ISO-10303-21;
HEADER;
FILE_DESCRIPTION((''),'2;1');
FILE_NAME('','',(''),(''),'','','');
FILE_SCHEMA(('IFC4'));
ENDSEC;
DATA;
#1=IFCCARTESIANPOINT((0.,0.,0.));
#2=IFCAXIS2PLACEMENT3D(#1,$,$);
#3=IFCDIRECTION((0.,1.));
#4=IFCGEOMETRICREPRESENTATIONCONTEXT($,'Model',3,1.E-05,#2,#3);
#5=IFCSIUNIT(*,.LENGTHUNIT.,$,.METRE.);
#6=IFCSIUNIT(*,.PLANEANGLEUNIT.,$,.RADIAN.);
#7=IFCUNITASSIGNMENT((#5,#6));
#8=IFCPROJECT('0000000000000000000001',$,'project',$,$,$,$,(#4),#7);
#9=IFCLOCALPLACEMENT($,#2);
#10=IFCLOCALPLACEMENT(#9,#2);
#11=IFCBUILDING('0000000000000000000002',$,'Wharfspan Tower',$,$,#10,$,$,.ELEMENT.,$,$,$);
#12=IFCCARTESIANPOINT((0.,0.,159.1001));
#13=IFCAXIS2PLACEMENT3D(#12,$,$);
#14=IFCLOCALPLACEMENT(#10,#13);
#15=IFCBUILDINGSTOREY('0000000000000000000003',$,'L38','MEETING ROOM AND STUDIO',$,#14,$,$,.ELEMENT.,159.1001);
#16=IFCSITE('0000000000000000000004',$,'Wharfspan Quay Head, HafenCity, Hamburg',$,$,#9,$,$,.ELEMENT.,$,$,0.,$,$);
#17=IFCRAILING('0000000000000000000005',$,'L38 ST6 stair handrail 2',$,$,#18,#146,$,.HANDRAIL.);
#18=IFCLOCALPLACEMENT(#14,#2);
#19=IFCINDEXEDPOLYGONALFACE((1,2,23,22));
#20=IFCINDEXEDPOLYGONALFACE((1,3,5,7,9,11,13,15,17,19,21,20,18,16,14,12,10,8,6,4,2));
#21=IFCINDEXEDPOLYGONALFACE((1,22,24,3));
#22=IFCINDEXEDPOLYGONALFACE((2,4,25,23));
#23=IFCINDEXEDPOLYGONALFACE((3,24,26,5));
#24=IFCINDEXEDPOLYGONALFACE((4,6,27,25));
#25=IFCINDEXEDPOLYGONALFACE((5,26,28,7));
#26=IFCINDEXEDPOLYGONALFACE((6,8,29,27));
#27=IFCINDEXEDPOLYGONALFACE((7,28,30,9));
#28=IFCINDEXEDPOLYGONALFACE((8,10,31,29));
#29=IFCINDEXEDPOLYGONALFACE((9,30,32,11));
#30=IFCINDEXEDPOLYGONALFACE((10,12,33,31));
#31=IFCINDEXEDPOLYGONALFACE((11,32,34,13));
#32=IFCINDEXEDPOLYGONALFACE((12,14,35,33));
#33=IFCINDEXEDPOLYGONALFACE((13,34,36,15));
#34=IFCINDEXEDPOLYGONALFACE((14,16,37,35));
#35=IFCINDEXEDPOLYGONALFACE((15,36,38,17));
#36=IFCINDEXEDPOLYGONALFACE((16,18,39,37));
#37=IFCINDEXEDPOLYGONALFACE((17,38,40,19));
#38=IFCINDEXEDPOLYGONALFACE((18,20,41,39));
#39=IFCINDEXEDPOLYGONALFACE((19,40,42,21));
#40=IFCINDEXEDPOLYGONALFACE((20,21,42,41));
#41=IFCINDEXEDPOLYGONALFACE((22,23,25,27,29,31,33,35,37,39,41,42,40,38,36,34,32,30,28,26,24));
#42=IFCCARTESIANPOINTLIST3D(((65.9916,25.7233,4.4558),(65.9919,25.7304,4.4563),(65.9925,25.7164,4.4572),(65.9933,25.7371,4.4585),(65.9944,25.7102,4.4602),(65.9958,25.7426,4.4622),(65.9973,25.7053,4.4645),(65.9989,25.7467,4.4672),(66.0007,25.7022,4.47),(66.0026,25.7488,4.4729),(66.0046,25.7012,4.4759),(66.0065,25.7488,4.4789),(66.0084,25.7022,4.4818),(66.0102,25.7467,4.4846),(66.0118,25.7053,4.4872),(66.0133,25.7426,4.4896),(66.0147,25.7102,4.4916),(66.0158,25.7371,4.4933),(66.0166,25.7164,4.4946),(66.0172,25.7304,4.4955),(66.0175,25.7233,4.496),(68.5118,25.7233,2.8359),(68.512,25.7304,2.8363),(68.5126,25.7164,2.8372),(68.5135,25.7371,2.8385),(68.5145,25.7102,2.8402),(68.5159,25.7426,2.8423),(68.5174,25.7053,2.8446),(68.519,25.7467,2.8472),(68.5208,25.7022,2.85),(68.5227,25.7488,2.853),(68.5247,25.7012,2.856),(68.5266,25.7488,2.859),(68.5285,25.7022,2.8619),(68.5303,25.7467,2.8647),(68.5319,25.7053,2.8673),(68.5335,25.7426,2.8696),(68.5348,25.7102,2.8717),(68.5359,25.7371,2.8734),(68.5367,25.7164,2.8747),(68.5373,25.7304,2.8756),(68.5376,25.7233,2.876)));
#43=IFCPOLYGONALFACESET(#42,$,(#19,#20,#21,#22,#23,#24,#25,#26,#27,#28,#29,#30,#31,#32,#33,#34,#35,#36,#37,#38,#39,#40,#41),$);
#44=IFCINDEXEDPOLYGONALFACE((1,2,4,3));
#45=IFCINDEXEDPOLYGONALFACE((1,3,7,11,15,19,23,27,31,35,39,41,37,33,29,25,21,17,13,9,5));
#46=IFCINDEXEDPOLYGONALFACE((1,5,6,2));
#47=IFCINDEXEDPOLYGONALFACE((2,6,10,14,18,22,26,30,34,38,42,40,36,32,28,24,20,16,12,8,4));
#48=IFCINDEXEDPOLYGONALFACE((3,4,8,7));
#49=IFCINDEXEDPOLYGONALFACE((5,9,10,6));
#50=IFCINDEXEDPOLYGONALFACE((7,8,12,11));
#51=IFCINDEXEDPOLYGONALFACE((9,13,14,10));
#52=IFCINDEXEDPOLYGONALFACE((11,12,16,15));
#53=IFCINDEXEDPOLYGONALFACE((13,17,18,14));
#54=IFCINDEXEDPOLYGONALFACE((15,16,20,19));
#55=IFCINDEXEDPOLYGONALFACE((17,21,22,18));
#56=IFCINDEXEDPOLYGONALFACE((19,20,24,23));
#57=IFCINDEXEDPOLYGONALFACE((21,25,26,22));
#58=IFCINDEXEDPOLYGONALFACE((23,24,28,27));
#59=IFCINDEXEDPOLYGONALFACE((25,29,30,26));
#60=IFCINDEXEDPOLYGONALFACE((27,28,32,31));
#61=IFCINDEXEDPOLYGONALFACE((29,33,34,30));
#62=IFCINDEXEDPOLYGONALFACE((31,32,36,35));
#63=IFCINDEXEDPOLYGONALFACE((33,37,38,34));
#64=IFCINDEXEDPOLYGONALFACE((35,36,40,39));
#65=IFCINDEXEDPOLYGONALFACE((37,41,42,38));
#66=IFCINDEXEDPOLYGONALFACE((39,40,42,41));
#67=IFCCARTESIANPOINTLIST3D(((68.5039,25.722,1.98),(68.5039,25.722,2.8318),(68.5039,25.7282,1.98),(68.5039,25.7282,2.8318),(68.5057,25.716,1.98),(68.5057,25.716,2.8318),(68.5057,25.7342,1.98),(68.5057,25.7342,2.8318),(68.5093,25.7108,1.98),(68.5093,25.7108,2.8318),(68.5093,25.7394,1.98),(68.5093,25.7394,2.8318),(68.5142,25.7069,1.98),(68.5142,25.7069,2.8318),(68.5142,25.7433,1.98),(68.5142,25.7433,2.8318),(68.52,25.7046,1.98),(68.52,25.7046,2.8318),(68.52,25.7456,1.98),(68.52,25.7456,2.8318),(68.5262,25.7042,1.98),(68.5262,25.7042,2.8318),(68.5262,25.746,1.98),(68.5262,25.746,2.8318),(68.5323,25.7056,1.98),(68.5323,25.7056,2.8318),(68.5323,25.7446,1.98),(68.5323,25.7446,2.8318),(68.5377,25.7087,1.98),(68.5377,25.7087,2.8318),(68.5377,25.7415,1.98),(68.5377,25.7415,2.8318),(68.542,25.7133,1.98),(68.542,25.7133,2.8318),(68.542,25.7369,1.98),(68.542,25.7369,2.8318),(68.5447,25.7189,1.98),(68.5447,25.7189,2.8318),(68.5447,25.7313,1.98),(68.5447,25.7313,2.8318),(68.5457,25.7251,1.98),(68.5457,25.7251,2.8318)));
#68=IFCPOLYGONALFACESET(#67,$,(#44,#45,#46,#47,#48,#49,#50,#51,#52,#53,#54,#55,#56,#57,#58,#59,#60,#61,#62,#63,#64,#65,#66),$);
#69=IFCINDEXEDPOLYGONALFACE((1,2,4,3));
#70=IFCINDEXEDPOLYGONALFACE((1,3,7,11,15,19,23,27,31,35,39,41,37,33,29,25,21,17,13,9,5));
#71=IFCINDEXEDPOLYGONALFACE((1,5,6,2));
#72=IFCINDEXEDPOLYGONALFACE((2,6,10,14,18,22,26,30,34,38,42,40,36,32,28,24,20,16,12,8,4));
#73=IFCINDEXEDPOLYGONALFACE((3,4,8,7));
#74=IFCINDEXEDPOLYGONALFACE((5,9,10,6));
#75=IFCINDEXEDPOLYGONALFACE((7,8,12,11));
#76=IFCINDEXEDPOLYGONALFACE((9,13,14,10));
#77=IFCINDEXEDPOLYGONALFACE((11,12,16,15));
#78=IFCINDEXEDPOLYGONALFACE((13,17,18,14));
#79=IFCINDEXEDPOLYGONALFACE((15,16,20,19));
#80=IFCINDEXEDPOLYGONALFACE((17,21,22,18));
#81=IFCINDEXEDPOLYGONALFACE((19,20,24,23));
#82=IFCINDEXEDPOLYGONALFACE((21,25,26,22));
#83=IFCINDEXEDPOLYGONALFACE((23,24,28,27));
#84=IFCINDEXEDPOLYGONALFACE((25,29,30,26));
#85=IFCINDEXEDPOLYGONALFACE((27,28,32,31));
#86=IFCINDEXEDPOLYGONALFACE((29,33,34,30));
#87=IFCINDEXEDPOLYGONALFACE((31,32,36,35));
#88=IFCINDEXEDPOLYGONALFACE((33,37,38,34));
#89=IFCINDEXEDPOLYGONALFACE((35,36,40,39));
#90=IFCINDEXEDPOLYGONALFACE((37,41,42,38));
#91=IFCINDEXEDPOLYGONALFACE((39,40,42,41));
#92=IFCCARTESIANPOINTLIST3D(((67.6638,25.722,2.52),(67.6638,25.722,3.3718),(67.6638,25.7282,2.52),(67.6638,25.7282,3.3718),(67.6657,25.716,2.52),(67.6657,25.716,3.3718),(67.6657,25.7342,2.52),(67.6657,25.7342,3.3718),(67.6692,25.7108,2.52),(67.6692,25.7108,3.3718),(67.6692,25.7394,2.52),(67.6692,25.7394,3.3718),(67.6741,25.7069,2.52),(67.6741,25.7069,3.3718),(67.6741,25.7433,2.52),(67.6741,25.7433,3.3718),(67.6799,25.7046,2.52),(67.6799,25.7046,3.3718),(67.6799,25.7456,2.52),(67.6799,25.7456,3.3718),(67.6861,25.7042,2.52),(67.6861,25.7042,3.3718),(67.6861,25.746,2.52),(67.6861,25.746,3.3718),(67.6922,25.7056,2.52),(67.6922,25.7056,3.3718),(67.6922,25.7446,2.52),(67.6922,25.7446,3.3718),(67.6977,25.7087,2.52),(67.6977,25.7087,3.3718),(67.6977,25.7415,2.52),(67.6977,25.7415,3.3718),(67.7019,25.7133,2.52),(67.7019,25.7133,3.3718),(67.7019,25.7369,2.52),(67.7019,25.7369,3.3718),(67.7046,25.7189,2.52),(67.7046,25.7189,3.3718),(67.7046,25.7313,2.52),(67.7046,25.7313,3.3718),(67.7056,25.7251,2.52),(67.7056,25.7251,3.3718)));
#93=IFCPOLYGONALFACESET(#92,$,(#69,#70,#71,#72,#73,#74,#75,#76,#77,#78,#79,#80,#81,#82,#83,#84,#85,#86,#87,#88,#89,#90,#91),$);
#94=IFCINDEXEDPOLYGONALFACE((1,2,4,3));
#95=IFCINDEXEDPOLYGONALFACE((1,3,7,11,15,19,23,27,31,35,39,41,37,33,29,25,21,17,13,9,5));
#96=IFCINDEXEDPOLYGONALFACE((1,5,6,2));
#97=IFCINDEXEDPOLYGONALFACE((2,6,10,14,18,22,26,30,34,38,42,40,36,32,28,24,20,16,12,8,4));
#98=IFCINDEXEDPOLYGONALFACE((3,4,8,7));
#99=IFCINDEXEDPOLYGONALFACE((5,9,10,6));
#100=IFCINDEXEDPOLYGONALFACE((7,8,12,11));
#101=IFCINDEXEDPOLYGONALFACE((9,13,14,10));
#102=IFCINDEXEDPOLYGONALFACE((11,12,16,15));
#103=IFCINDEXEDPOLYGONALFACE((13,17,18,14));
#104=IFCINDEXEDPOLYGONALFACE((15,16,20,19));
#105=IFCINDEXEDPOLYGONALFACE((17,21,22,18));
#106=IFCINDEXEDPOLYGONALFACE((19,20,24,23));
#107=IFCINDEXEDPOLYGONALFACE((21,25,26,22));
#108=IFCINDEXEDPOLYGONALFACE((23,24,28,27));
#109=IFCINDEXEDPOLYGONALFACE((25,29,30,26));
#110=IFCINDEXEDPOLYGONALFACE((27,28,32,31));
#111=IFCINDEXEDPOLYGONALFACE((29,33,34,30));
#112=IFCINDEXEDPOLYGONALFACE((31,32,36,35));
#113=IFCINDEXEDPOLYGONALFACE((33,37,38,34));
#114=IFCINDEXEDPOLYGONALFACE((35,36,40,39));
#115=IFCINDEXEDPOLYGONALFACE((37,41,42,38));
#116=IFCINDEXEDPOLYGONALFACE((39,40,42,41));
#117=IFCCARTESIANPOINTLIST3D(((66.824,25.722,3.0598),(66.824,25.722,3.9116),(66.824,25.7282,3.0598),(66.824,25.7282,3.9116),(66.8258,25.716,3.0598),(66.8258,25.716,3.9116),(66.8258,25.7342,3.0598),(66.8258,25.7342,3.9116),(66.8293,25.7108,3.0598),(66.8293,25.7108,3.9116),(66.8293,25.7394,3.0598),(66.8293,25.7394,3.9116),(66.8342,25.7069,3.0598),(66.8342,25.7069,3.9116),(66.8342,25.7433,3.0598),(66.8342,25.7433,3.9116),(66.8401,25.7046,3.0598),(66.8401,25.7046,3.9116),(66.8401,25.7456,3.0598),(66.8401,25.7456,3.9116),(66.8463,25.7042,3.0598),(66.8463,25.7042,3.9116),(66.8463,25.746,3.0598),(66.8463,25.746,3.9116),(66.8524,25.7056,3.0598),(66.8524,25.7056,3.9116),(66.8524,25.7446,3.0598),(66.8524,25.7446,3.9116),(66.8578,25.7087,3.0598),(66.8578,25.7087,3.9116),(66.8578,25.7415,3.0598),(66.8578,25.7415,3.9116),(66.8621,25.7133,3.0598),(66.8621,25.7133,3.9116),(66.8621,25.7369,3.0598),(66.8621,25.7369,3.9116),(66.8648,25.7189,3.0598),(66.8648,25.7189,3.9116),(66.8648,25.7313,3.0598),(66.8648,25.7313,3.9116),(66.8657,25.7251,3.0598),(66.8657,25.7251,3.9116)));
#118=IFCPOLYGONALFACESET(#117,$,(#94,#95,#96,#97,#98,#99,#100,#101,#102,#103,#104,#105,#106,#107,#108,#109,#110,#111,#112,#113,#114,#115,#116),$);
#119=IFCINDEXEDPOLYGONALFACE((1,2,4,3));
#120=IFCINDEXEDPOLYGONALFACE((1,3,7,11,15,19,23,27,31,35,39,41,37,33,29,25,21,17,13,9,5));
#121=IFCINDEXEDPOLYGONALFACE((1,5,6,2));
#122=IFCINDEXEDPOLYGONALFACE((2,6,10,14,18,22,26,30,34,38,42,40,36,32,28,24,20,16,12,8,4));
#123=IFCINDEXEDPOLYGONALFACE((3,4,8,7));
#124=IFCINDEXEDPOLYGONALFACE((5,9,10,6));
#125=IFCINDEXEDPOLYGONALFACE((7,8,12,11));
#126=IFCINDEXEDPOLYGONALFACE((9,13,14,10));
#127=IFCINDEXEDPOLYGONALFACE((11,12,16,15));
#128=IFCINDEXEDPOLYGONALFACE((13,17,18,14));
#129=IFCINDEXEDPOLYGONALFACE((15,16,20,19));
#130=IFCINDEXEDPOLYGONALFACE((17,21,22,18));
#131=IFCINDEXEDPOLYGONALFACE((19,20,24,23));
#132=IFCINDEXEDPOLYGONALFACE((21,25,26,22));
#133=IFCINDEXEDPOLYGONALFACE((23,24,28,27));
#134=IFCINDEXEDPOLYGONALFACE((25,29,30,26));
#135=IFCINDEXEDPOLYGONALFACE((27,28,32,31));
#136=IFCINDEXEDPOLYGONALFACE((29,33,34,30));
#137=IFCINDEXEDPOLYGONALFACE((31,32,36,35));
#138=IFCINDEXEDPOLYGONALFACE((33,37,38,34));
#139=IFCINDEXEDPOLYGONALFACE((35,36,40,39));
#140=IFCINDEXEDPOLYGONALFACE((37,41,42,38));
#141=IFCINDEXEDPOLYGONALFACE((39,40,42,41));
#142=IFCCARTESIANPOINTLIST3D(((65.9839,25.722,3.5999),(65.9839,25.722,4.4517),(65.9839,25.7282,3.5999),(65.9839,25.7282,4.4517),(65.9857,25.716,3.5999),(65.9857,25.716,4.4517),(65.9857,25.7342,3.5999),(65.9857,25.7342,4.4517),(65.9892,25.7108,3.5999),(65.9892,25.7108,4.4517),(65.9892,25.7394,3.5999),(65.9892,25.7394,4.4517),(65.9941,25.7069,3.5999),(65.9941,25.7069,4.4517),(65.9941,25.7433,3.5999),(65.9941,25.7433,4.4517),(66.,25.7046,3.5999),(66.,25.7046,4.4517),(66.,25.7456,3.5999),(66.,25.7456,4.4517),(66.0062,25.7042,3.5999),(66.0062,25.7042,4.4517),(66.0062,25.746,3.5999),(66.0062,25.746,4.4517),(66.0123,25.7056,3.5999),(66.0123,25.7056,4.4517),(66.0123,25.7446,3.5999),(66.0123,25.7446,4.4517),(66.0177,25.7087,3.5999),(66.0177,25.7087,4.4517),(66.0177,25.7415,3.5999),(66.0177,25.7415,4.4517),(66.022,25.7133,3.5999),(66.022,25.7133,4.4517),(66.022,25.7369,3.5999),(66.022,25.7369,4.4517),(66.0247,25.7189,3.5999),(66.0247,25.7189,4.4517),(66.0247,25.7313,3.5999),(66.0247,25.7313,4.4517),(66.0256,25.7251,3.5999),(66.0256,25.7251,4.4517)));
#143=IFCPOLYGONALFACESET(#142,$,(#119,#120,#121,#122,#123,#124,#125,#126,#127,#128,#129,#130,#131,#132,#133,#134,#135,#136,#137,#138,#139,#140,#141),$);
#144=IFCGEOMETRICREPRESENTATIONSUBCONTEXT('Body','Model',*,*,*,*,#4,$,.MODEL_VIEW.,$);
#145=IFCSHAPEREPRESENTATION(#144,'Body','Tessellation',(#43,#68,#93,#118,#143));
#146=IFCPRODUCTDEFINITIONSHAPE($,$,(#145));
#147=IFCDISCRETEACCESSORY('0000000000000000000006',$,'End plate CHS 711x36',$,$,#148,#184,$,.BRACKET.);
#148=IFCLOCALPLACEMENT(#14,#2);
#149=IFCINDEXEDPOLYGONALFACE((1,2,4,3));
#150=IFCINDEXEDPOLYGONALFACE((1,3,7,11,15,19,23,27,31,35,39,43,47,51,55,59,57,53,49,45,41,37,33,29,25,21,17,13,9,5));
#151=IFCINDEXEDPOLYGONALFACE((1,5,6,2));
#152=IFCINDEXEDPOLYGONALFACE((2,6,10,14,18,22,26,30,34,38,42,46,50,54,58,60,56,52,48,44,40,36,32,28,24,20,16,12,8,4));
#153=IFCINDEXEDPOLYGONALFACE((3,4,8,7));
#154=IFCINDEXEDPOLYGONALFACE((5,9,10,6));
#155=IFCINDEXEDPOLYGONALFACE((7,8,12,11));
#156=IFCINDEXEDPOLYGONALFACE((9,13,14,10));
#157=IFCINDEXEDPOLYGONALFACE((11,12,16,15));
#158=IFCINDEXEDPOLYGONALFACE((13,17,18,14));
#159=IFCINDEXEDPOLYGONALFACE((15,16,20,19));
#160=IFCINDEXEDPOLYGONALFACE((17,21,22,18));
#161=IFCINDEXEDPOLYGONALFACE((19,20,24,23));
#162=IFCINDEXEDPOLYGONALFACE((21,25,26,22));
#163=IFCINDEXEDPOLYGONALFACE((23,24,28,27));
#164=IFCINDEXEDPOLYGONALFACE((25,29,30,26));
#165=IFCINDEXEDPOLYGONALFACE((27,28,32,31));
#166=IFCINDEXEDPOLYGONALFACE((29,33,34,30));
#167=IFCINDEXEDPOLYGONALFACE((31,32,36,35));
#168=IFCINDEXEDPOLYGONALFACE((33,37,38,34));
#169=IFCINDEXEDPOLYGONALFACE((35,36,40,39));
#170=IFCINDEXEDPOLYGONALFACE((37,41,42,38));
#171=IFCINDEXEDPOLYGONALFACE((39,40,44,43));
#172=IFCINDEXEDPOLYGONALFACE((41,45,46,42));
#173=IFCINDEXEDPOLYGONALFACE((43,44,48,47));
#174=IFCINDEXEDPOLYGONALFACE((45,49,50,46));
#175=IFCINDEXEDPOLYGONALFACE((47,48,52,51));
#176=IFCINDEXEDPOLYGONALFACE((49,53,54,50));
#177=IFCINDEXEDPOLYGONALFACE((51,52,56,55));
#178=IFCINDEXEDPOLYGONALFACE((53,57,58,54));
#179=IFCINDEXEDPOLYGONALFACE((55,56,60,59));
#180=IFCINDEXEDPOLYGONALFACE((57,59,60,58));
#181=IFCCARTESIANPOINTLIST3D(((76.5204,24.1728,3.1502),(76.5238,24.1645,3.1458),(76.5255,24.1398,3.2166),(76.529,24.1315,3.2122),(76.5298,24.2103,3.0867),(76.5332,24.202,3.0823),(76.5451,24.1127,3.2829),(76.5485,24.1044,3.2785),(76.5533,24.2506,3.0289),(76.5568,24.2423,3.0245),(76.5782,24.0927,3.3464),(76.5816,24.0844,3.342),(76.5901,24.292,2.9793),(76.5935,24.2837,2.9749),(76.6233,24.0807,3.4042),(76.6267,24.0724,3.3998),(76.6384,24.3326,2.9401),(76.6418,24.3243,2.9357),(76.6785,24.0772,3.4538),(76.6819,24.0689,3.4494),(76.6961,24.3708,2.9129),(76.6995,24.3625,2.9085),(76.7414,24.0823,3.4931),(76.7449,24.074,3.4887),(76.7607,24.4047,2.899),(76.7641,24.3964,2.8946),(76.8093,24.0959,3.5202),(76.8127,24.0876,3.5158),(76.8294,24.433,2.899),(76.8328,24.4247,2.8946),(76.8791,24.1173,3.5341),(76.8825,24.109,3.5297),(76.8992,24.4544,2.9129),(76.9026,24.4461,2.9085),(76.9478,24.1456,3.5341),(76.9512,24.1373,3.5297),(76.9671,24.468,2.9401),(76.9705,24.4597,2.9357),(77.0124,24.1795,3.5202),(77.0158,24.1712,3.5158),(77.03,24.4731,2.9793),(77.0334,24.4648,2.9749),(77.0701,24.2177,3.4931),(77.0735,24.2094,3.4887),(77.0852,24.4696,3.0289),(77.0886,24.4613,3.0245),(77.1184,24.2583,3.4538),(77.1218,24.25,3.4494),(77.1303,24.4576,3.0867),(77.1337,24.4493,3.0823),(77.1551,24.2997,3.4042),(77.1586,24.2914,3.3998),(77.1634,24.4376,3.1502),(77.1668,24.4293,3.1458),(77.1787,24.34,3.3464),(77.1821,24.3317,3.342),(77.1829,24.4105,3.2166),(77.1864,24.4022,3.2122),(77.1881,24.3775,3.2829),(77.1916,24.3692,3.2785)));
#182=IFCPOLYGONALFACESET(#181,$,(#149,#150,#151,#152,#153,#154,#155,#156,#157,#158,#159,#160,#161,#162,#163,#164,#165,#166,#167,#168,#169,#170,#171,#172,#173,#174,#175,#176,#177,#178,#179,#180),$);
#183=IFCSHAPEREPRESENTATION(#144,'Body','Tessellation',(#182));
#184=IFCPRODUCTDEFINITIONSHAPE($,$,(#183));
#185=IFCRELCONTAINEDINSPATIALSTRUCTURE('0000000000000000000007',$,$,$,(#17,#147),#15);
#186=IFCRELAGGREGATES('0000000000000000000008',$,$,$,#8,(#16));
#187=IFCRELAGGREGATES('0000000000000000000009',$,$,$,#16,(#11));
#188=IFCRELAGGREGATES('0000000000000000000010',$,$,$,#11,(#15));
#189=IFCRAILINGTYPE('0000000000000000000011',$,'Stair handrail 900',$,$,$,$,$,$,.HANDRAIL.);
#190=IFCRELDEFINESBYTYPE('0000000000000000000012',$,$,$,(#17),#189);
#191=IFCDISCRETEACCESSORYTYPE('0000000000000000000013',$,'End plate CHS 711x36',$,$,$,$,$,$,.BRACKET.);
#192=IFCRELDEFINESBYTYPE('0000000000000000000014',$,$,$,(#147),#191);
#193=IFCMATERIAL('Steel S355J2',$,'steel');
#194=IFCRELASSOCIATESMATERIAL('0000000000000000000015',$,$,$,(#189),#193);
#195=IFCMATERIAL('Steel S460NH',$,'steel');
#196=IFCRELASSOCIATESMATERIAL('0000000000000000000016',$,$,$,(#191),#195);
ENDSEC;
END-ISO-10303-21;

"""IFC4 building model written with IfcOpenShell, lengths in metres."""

from ifc_helpers import new_model, si_unit, direction, frame, origin, origin_2d, place, context, subcontext, project, spatial, circle, extrude, material, material_profile, profile_set, type_object, element, save


model = new_model("IFC4")

# Units and contexts
model_context = context("Model", 3, precision=1e-05, world=origin(), true_north=direction((0.0, 1.0)))
body_context = subcontext(model_context, "Body", "Model", "MODEL_VIEW")
ifc_project = project(units=[si_unit("LENGTHUNIT", "METRE"), si_unit("PLANEANGLEUNIT", "RADIAN")], contexts=[model_context])

# Site, building, storey
site_placement = place(None, origin())
site = spatial("IfcSite", under=ifc_project, at=site_placement, Name="Wharfspan Quay Head, HafenCity, Hamburg", CompositionType="ELEMENT", RefElevation=0.0)
building_placement = place(site_placement, origin())
building = spatial("IfcBuilding", under=site, at=building_placement, Name="Wharfspan Tower", CompositionType="ELEMENT")
storey_placement = place(building_placement, frame((0.0, 0.0, 159.1001)))
storey = spatial("IfcBuildingStorey", under=building, at=storey_placement, Name="L38", Description="MEETING ROOM AND STUDIO", CompositionType="ELEMENT", Elevation=159.1001)

# Shared definitions
ifc_material_1 = material(Name="Steel S460NH", Category="steel")

# Railing
ifc_material_2 = material(Name="Steel S355J2", Category="steel")
railing_type_1 = type_object("IfcRailingType", Name="Stair handrail 900", PredefinedType="HANDRAIL", material=ifc_material_2)
railing_1_placement = place(storey_placement, frame((68.5247, 25.7251, 1.98)))
element("IfcRailing", 1, at=railing_1_placement, inside=storey, type_object=railing_type_1, Name="L38 ST6 stair handrail 2", PredefinedType="HANDRAIL", context=body_context, shape_type="SweptSolid", body=[
    extrude(circle(Radius=0.0239, at=origin_2d()), frame((0.0, 0.0, 0.876), z_axis=(-0.8412, 0.0, 0.540725), x_axis=(0.0, -1.0, 0.0)), (0.0, 0.0, 1.0), 2.9958),
    extrude(circle(Radius=0.021, at=origin_2d()), origin(), (0.0, 0.0, 1.0), 0.8518),
    extrude(circle(Radius=0.021, at=origin_2d()), frame((-0.8401, 0.0, 0.54)), (0.0, 0.0, 1.0), 0.8518),
    extrude(circle(Radius=0.021, at=origin_2d()), frame((-1.6799, 0.0, 1.0798)), (0.0, 0.0, 1.0), 0.8518),
    extrude(circle(Radius=0.021, at=origin_2d()), frame((-2.52, 0.0, 1.6199)), (0.0, 0.0, 1.0), 0.8518),
])

# Discrete accessory
ifc_material_profile_1 = material_profile(ifc_material_1, circle(Radius=0.3555, at=origin_2d()))
ifc_profile_set_1 = profile_set([ifc_material_profile_1], Name="Steel S460NH")
discrete_accessory_type = type_object("IfcDiscreteAccessoryType", Name="End plate CHS 711x36", PredefinedType="BRACKET", material=ifc_profile_set_1)
for number, where, z_axis, x_axis, name in (
    (2, (76.8577, 24.2668, 3.2122), (-0.341972, 0.830504, 0.439679), (-0.924678, -0.380749, -0.000001), "End plate CHS 711x36"),
):
    element("IfcDiscreteAccessory", number, at=place(storey_placement, frame(where, z_axis=z_axis, x_axis=x_axis)), inside=storey, type_object=discrete_accessory_type, Name=name, PredefinedType="BRACKET", context=body_context, shape_type="SweptSolid", body=[
        extrude(circle(Radius=0.3555, at=origin_2d()), origin(), (0.0, 0.0, 1.0), 0.01),
    ])

save(model, "model.ifc")
